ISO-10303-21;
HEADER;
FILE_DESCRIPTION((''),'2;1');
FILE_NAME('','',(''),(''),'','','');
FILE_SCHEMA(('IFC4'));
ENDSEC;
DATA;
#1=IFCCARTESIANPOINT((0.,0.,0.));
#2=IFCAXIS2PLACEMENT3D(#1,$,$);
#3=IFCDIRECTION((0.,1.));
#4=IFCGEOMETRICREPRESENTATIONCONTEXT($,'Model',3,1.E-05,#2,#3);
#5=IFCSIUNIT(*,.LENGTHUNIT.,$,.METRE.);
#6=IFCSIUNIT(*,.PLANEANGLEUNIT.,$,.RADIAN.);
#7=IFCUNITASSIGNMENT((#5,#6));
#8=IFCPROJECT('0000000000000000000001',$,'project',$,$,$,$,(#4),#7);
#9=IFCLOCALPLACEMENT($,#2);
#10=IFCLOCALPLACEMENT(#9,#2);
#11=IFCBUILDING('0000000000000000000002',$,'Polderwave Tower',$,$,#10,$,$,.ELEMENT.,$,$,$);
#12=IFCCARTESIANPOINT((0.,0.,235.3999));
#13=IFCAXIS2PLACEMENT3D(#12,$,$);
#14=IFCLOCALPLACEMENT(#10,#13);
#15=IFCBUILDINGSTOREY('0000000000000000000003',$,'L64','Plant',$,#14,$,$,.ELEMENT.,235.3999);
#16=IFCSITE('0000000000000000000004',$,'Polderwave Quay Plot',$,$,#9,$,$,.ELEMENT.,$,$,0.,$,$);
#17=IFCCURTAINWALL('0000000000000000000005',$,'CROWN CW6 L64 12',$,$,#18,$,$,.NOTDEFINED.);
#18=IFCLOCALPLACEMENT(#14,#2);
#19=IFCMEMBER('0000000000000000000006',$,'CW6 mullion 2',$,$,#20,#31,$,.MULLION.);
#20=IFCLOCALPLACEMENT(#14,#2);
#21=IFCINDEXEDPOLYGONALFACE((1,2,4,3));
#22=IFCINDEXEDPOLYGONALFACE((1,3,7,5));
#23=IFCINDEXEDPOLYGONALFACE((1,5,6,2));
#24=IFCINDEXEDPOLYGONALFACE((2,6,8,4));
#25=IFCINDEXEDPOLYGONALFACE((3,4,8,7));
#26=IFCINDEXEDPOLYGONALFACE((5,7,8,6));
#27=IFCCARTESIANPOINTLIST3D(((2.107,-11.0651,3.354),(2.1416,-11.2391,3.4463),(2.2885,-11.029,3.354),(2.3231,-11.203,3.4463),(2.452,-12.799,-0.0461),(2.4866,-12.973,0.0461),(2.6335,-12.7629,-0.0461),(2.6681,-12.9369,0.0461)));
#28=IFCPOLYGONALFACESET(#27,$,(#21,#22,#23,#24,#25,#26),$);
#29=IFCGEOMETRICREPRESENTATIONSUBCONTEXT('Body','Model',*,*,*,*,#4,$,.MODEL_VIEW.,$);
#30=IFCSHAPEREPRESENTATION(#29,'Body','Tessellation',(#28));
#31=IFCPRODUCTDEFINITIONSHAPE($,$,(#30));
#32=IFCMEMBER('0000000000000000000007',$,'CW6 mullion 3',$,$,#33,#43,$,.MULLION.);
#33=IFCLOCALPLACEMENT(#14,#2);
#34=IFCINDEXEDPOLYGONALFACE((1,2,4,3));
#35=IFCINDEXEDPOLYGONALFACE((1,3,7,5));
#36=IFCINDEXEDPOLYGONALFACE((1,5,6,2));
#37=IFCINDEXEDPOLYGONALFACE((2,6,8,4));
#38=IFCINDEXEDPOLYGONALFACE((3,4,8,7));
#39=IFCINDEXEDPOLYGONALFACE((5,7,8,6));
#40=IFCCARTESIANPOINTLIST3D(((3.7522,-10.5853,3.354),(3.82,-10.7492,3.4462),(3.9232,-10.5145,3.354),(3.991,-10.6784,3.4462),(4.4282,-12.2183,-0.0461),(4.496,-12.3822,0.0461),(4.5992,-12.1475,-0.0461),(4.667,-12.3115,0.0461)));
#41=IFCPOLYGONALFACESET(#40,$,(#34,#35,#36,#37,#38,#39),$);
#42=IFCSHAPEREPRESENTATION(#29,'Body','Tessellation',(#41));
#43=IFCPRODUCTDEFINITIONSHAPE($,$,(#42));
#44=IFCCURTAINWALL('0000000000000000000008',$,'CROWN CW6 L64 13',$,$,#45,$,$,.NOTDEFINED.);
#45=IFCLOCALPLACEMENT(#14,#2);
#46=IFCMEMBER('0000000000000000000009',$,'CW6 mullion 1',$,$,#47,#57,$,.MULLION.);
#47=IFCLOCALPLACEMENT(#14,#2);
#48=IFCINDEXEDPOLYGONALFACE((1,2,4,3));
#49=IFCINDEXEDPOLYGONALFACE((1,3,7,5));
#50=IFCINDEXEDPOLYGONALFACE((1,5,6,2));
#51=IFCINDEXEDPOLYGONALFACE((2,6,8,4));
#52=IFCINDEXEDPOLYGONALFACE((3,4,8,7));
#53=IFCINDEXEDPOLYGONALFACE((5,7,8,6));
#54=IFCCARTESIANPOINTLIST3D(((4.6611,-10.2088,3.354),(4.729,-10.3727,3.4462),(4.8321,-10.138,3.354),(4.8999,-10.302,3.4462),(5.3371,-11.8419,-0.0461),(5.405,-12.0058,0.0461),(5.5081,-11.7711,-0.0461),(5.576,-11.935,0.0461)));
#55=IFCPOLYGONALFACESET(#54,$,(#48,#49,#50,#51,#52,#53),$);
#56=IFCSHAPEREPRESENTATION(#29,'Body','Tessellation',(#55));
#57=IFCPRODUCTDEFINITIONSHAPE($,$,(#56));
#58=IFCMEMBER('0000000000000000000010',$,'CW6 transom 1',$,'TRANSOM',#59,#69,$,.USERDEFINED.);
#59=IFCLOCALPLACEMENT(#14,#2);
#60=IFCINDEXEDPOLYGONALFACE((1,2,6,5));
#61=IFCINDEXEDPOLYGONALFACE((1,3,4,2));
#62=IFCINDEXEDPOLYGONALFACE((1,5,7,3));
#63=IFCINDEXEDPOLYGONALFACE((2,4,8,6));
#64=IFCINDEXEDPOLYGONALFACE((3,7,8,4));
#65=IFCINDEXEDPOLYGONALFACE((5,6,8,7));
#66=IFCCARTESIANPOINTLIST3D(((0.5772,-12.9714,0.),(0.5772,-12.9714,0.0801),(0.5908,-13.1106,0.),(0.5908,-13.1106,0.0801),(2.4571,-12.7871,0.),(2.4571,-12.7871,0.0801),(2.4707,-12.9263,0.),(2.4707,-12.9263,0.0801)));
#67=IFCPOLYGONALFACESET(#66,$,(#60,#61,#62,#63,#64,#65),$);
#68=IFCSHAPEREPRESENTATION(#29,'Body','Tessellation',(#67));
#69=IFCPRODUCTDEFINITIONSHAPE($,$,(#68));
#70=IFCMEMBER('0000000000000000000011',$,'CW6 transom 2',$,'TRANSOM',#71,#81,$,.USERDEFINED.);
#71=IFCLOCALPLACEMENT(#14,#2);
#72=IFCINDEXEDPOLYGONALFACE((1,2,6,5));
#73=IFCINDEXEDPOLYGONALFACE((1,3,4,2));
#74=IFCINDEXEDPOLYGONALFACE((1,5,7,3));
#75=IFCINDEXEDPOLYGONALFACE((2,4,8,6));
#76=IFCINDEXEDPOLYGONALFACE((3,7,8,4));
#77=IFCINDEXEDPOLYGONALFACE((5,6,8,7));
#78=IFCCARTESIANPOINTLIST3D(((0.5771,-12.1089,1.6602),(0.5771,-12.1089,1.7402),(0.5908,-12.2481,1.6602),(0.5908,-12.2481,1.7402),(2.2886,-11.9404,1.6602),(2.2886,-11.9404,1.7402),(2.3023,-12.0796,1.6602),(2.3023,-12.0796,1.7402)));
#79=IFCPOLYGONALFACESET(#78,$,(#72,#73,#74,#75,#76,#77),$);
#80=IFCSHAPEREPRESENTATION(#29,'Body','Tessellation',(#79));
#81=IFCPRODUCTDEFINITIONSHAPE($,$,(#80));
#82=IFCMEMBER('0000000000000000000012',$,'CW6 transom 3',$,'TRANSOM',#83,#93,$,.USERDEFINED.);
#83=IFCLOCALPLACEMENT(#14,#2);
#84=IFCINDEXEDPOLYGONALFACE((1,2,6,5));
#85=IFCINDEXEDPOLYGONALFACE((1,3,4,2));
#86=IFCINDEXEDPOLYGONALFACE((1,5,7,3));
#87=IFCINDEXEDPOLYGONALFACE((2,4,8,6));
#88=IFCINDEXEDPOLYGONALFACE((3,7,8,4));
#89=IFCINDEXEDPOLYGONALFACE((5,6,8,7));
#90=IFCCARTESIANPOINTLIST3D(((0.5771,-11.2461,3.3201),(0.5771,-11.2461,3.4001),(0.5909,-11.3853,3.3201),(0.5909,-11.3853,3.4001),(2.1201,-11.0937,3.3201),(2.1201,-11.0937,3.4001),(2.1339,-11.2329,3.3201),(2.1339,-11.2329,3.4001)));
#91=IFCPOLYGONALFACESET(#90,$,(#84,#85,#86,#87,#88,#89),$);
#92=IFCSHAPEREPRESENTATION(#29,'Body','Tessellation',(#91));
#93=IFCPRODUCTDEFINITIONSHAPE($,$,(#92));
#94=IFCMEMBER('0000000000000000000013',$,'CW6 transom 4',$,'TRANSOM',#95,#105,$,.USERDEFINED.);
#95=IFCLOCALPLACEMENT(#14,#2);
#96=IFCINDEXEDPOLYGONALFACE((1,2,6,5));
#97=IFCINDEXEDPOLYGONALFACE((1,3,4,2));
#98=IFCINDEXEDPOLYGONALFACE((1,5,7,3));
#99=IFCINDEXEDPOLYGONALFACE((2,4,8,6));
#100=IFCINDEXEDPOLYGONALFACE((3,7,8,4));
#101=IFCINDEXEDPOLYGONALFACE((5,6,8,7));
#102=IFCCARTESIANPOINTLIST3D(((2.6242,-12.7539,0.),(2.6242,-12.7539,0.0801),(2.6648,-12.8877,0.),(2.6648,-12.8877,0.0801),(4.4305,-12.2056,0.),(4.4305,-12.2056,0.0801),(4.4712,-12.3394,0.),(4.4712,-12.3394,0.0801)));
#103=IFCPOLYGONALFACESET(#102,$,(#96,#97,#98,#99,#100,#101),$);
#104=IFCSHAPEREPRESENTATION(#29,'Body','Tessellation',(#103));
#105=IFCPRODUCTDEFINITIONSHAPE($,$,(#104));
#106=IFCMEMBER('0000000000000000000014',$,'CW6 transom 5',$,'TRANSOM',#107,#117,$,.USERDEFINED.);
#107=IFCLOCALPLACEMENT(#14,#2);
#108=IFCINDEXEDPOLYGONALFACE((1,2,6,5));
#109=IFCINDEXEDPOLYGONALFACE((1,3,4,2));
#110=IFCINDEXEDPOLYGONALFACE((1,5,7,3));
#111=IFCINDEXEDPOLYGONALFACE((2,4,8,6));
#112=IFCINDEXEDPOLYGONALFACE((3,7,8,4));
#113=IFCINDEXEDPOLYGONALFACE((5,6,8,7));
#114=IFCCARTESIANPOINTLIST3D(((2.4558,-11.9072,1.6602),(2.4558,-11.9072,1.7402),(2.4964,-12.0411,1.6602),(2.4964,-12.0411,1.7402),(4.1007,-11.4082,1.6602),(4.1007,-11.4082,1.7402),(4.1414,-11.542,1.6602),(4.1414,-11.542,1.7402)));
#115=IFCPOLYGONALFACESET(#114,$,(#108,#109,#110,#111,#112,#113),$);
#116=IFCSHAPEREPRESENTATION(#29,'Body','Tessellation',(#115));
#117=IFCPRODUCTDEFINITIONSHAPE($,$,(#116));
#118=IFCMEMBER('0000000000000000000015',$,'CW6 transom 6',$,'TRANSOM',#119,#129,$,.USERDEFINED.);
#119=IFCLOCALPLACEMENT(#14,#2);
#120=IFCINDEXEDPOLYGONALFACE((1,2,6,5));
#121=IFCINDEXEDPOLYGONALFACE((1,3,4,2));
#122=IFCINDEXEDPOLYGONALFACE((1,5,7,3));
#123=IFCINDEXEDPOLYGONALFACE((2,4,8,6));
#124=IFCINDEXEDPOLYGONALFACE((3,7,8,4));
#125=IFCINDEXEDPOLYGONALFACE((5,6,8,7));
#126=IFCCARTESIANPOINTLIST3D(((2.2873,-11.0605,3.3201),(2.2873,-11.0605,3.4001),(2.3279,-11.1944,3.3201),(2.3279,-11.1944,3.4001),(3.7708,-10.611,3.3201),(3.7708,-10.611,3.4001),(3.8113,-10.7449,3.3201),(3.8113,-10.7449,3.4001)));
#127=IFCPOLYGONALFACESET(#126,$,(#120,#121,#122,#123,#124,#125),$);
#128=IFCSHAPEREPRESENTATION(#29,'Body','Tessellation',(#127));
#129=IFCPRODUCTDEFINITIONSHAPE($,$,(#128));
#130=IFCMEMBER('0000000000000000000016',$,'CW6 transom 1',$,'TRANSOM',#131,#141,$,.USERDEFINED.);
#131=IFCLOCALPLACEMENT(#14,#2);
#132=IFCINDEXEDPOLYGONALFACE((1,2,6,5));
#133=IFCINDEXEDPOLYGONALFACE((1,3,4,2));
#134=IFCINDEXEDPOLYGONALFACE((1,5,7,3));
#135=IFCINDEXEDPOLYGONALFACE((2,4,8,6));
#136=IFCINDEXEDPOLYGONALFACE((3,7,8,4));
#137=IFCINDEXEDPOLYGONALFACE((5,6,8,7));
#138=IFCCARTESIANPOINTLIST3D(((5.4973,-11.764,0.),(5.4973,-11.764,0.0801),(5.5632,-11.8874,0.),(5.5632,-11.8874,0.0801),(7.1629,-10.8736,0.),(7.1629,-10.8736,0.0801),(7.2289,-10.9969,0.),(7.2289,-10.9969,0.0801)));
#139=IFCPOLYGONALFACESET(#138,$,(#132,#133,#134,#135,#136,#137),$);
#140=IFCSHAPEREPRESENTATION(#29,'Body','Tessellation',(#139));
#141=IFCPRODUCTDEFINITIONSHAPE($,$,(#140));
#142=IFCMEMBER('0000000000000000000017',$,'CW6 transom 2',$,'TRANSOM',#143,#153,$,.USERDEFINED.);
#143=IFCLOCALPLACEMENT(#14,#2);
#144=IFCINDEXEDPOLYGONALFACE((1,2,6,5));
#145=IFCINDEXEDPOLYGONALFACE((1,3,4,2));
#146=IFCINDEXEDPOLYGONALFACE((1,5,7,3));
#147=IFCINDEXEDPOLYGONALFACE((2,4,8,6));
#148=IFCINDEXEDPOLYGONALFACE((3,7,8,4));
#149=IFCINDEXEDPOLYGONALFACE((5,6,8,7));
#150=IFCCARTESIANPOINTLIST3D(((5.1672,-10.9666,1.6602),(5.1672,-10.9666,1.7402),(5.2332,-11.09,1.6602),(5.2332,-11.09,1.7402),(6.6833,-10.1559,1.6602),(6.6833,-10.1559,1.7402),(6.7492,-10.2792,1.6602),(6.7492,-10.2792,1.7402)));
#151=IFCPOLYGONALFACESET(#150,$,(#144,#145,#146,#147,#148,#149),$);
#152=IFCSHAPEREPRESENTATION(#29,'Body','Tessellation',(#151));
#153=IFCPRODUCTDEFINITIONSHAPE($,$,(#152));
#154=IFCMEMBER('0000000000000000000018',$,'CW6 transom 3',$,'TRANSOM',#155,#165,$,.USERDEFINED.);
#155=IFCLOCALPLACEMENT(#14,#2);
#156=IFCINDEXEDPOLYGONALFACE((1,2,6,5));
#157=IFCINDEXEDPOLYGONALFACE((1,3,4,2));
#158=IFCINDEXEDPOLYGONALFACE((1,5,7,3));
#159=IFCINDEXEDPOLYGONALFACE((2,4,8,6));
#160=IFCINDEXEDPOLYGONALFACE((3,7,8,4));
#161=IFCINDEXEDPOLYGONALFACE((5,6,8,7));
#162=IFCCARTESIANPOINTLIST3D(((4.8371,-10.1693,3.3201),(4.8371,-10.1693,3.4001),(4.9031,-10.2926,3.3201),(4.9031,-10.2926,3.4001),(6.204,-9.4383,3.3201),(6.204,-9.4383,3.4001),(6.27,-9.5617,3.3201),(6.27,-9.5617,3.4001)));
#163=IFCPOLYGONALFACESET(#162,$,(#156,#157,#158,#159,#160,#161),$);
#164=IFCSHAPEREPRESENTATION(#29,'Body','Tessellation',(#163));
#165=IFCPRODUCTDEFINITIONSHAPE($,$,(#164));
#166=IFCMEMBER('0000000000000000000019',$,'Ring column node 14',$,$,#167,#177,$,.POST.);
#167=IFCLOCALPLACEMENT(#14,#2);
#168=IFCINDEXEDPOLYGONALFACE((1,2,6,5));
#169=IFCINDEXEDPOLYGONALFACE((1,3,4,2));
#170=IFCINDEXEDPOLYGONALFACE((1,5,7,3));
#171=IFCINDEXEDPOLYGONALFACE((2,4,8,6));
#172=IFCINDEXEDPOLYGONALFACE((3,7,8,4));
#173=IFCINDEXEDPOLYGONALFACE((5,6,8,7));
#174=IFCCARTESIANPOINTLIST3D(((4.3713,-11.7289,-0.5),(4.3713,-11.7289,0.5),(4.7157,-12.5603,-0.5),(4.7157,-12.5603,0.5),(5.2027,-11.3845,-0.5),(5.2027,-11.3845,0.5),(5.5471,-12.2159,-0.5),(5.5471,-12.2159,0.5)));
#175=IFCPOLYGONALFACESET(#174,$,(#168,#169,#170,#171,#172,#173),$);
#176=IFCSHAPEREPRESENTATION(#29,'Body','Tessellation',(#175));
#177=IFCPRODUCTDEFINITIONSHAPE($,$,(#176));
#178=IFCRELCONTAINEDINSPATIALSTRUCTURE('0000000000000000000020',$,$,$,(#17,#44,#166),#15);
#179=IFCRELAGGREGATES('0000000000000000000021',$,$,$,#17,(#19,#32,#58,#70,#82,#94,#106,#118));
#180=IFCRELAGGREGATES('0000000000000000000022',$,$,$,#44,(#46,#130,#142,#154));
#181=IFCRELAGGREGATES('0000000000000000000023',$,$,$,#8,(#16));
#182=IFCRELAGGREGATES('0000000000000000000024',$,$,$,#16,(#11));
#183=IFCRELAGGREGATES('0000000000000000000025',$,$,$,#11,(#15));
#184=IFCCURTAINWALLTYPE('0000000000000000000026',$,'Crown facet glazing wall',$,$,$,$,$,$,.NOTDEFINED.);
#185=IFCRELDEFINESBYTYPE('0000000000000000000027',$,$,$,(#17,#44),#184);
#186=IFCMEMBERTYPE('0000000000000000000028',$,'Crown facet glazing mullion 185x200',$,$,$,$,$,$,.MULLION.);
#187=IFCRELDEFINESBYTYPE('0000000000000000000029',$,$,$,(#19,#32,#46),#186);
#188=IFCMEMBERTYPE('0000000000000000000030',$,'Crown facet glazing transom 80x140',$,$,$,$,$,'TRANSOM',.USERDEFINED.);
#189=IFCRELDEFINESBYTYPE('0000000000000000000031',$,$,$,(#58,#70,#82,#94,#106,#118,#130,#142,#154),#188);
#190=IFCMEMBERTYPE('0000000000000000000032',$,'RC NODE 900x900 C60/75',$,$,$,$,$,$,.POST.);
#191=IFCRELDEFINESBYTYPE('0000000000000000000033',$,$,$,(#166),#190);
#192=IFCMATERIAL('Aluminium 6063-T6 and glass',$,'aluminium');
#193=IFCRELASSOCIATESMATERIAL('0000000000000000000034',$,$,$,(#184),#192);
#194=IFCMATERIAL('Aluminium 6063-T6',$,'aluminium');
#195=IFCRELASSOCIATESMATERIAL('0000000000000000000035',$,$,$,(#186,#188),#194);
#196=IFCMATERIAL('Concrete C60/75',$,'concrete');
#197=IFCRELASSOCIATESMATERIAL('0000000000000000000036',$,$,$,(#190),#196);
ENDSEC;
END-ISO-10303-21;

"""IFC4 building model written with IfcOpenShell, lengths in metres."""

from ifc_helpers import new_model, si_unit, direction, frame, origin, origin_2d, place, context, subcontext, project, spatial, rectangle, extrude, material, material_profile, profile_set, type_object, element, aggregate, save


model = new_model("IFC4")

# Units and contexts
model_context = context("Model", 3, precision=1e-05, world=origin(), true_north=direction((0.0, 1.0)))
body_context = subcontext(model_context, "Body", "Model", "MODEL_VIEW")
ifc_project = project(units=[si_unit("LENGTHUNIT", "METRE"), si_unit("PLANEANGLEUNIT", "RADIAN")], contexts=[model_context])

# Site, building, storey
site_placement = place(None, origin())
site = spatial("IfcSite", under=ifc_project, at=site_placement, Name="Polderwave Quay Plot", CompositionType="ELEMENT", RefElevation=0.0)
building_placement = place(site_placement, origin())
building = spatial("IfcBuilding", under=site, at=building_placement, Name="Polderwave Tower", CompositionType="ELEMENT")
storey_placement = place(building_placement, frame((0.0, 0.0, 235.3999)))
storey = spatial("IfcBuildingStorey", under=building, at=storey_placement, Name="L64", Description="Plant", CompositionType="ELEMENT", Elevation=235.3999)

# Shared definitions
ifc_material_1 = material(Name="Concrete C60/75", Category="concrete")

# Curtain wall, members
ifc_material_2 = material(Name="Aluminium 6063-T6 and glass", Category="aluminium")
curtain_wall_type = type_object("IfcCurtainWallType", Name="Crown facet glazing wall", PredefinedType="NOTDEFINED", material=ifc_material_2)
curtain_wall_1_placement = place(storey_placement, origin())
curtain_wall_1 = element("IfcCurtainWall", 1, at=curtain_wall_1_placement, inside=storey, type_object=curtain_wall_type, Name="CROWN CW6 L64 12", PredefinedType="NOTDEFINED")
ifc_material_3 = material(Name="Aluminium 6063-T6", Category="aluminium")
ifc_material_profile_1 = material_profile(ifc_material_3, rectangle(XDim=0.1851, YDim=0.2, at=origin_2d()), Name="AL 185x200")
ifc_profile_set_1 = profile_set([ifc_material_profile_1], Name="Aluminium 6063-T6")
member_type_1 = type_object("IfcMemberType", Name="Crown facet glazing mullion 185x200", PredefinedType="MULLION", material=ifc_profile_set_1)
member_1_placement = place(storey_placement, frame((2.5601, -12.8679, 0.0), z_axis=(-0.090017, 0.452443, 0.887239), x_axis=(-0.980777, -0.195133, 0.0)))
member_1 = element("IfcMember", 2, at=member_1_placement, type_object=member_type_1, Name="CW6 mullion 2", PredefinedType="MULLION", context=body_context, shape_type="SweptSolid", body=[
    extrude(rectangle(XDim=0.1851, YDim=0.2, at=origin_2d()), origin(), (0.0, 0.0, 1.0), 3.8323),
])
member_2_placement = place(storey_placement, frame((4.5476, -12.2649, 0.0), z_axis=(-0.176412, 0.426153, 0.887284), x_axis=(-0.923961, -0.382486, 0.0)))
member_2 = element("IfcMember", 3, at=member_2_placement, type_object=member_type_1, Name="CW6 mullion 3", PredefinedType="MULLION", context=body_context, shape_type="SweptSolid", body=[
    extrude(rectangle(XDim=0.1851, YDim=0.2, at=origin_2d()), origin(), (0.0, 0.0, 1.0), 3.832),
])

# Curtain wall, member
curtain_wall_2_placement = place(storey_placement, origin())
curtain_wall_2 = element("IfcCurtainWall", 4, at=curtain_wall_2_placement, inside=storey, type_object=curtain_wall_type, Name="CROWN CW6 L64 13", PredefinedType="NOTDEFINED")
member_3_placement = place(storey_placement, frame((5.4565, -11.8884, 0.0), z_axis=(-0.176412, 0.426153, 0.887284), x_axis=(-0.923961, -0.382486, 0.0)))
member_3 = element("IfcMember", 5, at=member_3_placement, type_object=member_type_1, Name="CW6 mullion 1", PredefinedType="MULLION", context=body_context, shape_type="SweptSolid", body=[
    extrude(rectangle(XDim=0.1851, YDim=0.2, at=origin_2d()), origin(), (0.0, 0.0, 1.0), 3.832),
])

# Members
ifc_material_profile_2 = material_profile(ifc_material_3, rectangle(XDim=0.1399, YDim=0.0801, at=origin_2d()), Name="AL 80x140")
ifc_profile_set_2 = profile_set([ifc_material_profile_2], Name="Aluminium 6063-T6")
member_type_2 = type_object("IfcMemberType", Name="Crown facet glazing transom 80x140", ElementType="TRANSOM", PredefinedType="USERDEFINED", material=ifc_profile_set_2)
member_4_placement = place(storey_placement, frame((0.584, -13.041, 0.04), z_axis=(0.995227, 0.097584, 0.0), x_axis=(-0.097584, 0.995227, 0.0)))
member_4 = element("IfcMember", 6, at=member_4_placement, type_object=member_type_2, Name="CW6 transom 1", ObjectType="TRANSOM", PredefinedType="USERDEFINED", context=body_context, shape_type="SweptSolid", body=[
    extrude(rectangle(XDim=0.1399, YDim=0.0801, at=origin_2d()), origin(), (0.0, 0.0, 1.0), 1.8889),
])
member_5_placement = place(storey_placement, frame((0.584, -12.1785, 1.7002), z_axis=(0.995191, 0.097957, 0.0), x_axis=(-0.097957, 0.995191, 0.0)))
member_5 = element("IfcMember", 7, at=member_5_placement, type_object=member_type_2, Name="CW6 transom 2", ObjectType="TRANSOM", PredefinedType="USERDEFINED", context=body_context, shape_type="SweptSolid", body=[
    extrude(rectangle(XDim=0.1399, YDim=0.0801, at=origin_2d()), origin(), (0.0, 0.0, 1.0), 1.7197),
])
member_6_placement = place(storey_placement, frame((0.584, -11.3157, 3.3601), z_axis=(0.995161, 0.098256, 0.0), x_axis=(-0.098256, 0.995161, 0.0)))
member_6 = element("IfcMember", 8, at=member_6_placement, type_object=member_type_2, Name="CW6 transom 3", ObjectType="TRANSOM", PredefinedType="USERDEFINED", context=body_context, shape_type="SweptSolid", body=[
    extrude(rectangle(XDim=0.1399, YDim=0.0801, at=origin_2d()), origin(), (0.0, 0.0, 1.0), 1.5505),
])
member_7_placement = place(storey_placement, frame((2.6445, -12.8208, 0.04), z_axis=(0.956885, 0.290467, 0.0), x_axis=(-0.290467, 0.956885, 0.0)))
member_7 = element("IfcMember", 9, at=member_7_placement, type_object=member_type_2, Name="CW6 transom 4", ObjectType="TRANSOM", PredefinedType="USERDEFINED", context=body_context, shape_type="SweptSolid", body=[
    extrude(rectangle(XDim=0.1399, YDim=0.0801, at=origin_2d()), origin(), (0.0, 0.0, 1.0), 1.8877),
])
member_8_placement = place(storey_placement, frame((2.4761, -11.9741, 1.7002), z_axis=(0.956938, 0.290291, 0.0), x_axis=(-0.290291, 0.956938, 0.0)))
member_8 = element("IfcMember", 10, at=member_8_placement, type_object=member_type_2, Name="CW6 transom 5", ObjectType="TRANSOM", PredefinedType="USERDEFINED", context=body_context, shape_type="SweptSolid", body=[
    extrude(rectangle(XDim=0.1399, YDim=0.0801, at=origin_2d()), origin(), (0.0, 0.0, 1.0), 1.719),
])
member_9_placement = place(storey_placement, frame((2.3076, -11.1274, 3.3601), z_axis=(0.957034, 0.289977, 0.0), x_axis=(-0.289977, 0.957034, 0.0)))
member_9 = element("IfcMember", 11, at=member_9_placement, type_object=member_type_2, Name="CW6 transom 6", ObjectType="TRANSOM", PredefinedType="USERDEFINED", context=body_context, shape_type="SweptSolid", body=[
    extrude(rectangle(XDim=0.1399, YDim=0.0801, at=origin_2d()), origin(), (0.0, 0.0, 1.0), 1.55),
])
member_10_placement = place(storey_placement, frame((5.5303, -11.8257, 0.04), z_axis=(0.881891, 0.471454, 0.0), x_axis=(-0.471454, 0.881891, 0.0)))
member_10 = element("IfcMember", 12, at=member_10_placement, type_object=member_type_2, Name="CW6 transom 1", ObjectType="TRANSOM", PredefinedType="USERDEFINED", context=body_context, shape_type="SweptSolid", body=[
    extrude(rectangle(XDim=0.1399, YDim=0.0801, at=origin_2d()), origin(), (0.0, 0.0, 1.0), 1.8887),
])
member_11_placement = place(storey_placement, frame((5.2002, -11.0283, 1.7002), z_axis=(0.881822, 0.471583, 0.0), x_axis=(-0.471583, 0.881822, 0.0)))
member_11 = element("IfcMember", 13, at=member_11_placement, type_object=member_type_2, Name="CW6 transom 2", ObjectType="TRANSOM", PredefinedType="USERDEFINED", context=body_context, shape_type="SweptSolid", body=[
    extrude(rectangle(XDim=0.1399, YDim=0.0801, at=origin_2d()), origin(), (0.0, 0.0, 1.0), 1.7192),
])
member_12_placement = place(storey_placement, frame((4.8701, -10.231, 3.3601), z_axis=(0.881838, 0.471553, 0.0), x_axis=(-0.471553, 0.881838, 0.0)))
member_12 = element("IfcMember", 14, at=member_12_placement, type_object=member_type_2, Name="CW6 transom 3", ObjectType="TRANSOM", PredefinedType="USERDEFINED", context=body_context, shape_type="SweptSolid", body=[
    extrude(rectangle(XDim=0.1399, YDim=0.0801, at=origin_2d()), origin(), (0.0, 0.0, 1.0), 1.55),
])
ifc_material_profile_3 = material_profile(ifc_material_1, rectangle(XDim=0.8999, YDim=0.8999, at=origin_2d()), Name="RC 900x900")
ifc_profile_set_3 = profile_set([ifc_material_profile_3], Name="Concrete C60/75")
member_type_3 = type_object("IfcMemberType", Name="RC NODE 900x900 C60/75", PredefinedType="POST", material=ifc_profile_set_3)
member_13_placement = place(storey_placement, frame((4.9592, -11.9724, -0.5), z_axis=(0.0, 0.0, 1.0), x_axis=(0.382683, -0.92388, 0.0)))
element("IfcMember", 15, at=member_13_placement, inside=storey, type_object=member_type_3, Name="Ring column node 14", PredefinedType="POST", context=body_context, shape_type="SweptSolid", body=[
    extrude(rectangle(XDim=0.8999, YDim=0.8999, at=origin_2d()), origin(), (0.0, 0.0, 1.0), 1.0),
])

aggregate(curtain_wall_1, [member_1, member_2, member_4, member_5, member_6, member_7, member_8, member_9])
aggregate(curtain_wall_2, [member_3, member_10, member_11, member_12])

save(model, "model.ifc")
